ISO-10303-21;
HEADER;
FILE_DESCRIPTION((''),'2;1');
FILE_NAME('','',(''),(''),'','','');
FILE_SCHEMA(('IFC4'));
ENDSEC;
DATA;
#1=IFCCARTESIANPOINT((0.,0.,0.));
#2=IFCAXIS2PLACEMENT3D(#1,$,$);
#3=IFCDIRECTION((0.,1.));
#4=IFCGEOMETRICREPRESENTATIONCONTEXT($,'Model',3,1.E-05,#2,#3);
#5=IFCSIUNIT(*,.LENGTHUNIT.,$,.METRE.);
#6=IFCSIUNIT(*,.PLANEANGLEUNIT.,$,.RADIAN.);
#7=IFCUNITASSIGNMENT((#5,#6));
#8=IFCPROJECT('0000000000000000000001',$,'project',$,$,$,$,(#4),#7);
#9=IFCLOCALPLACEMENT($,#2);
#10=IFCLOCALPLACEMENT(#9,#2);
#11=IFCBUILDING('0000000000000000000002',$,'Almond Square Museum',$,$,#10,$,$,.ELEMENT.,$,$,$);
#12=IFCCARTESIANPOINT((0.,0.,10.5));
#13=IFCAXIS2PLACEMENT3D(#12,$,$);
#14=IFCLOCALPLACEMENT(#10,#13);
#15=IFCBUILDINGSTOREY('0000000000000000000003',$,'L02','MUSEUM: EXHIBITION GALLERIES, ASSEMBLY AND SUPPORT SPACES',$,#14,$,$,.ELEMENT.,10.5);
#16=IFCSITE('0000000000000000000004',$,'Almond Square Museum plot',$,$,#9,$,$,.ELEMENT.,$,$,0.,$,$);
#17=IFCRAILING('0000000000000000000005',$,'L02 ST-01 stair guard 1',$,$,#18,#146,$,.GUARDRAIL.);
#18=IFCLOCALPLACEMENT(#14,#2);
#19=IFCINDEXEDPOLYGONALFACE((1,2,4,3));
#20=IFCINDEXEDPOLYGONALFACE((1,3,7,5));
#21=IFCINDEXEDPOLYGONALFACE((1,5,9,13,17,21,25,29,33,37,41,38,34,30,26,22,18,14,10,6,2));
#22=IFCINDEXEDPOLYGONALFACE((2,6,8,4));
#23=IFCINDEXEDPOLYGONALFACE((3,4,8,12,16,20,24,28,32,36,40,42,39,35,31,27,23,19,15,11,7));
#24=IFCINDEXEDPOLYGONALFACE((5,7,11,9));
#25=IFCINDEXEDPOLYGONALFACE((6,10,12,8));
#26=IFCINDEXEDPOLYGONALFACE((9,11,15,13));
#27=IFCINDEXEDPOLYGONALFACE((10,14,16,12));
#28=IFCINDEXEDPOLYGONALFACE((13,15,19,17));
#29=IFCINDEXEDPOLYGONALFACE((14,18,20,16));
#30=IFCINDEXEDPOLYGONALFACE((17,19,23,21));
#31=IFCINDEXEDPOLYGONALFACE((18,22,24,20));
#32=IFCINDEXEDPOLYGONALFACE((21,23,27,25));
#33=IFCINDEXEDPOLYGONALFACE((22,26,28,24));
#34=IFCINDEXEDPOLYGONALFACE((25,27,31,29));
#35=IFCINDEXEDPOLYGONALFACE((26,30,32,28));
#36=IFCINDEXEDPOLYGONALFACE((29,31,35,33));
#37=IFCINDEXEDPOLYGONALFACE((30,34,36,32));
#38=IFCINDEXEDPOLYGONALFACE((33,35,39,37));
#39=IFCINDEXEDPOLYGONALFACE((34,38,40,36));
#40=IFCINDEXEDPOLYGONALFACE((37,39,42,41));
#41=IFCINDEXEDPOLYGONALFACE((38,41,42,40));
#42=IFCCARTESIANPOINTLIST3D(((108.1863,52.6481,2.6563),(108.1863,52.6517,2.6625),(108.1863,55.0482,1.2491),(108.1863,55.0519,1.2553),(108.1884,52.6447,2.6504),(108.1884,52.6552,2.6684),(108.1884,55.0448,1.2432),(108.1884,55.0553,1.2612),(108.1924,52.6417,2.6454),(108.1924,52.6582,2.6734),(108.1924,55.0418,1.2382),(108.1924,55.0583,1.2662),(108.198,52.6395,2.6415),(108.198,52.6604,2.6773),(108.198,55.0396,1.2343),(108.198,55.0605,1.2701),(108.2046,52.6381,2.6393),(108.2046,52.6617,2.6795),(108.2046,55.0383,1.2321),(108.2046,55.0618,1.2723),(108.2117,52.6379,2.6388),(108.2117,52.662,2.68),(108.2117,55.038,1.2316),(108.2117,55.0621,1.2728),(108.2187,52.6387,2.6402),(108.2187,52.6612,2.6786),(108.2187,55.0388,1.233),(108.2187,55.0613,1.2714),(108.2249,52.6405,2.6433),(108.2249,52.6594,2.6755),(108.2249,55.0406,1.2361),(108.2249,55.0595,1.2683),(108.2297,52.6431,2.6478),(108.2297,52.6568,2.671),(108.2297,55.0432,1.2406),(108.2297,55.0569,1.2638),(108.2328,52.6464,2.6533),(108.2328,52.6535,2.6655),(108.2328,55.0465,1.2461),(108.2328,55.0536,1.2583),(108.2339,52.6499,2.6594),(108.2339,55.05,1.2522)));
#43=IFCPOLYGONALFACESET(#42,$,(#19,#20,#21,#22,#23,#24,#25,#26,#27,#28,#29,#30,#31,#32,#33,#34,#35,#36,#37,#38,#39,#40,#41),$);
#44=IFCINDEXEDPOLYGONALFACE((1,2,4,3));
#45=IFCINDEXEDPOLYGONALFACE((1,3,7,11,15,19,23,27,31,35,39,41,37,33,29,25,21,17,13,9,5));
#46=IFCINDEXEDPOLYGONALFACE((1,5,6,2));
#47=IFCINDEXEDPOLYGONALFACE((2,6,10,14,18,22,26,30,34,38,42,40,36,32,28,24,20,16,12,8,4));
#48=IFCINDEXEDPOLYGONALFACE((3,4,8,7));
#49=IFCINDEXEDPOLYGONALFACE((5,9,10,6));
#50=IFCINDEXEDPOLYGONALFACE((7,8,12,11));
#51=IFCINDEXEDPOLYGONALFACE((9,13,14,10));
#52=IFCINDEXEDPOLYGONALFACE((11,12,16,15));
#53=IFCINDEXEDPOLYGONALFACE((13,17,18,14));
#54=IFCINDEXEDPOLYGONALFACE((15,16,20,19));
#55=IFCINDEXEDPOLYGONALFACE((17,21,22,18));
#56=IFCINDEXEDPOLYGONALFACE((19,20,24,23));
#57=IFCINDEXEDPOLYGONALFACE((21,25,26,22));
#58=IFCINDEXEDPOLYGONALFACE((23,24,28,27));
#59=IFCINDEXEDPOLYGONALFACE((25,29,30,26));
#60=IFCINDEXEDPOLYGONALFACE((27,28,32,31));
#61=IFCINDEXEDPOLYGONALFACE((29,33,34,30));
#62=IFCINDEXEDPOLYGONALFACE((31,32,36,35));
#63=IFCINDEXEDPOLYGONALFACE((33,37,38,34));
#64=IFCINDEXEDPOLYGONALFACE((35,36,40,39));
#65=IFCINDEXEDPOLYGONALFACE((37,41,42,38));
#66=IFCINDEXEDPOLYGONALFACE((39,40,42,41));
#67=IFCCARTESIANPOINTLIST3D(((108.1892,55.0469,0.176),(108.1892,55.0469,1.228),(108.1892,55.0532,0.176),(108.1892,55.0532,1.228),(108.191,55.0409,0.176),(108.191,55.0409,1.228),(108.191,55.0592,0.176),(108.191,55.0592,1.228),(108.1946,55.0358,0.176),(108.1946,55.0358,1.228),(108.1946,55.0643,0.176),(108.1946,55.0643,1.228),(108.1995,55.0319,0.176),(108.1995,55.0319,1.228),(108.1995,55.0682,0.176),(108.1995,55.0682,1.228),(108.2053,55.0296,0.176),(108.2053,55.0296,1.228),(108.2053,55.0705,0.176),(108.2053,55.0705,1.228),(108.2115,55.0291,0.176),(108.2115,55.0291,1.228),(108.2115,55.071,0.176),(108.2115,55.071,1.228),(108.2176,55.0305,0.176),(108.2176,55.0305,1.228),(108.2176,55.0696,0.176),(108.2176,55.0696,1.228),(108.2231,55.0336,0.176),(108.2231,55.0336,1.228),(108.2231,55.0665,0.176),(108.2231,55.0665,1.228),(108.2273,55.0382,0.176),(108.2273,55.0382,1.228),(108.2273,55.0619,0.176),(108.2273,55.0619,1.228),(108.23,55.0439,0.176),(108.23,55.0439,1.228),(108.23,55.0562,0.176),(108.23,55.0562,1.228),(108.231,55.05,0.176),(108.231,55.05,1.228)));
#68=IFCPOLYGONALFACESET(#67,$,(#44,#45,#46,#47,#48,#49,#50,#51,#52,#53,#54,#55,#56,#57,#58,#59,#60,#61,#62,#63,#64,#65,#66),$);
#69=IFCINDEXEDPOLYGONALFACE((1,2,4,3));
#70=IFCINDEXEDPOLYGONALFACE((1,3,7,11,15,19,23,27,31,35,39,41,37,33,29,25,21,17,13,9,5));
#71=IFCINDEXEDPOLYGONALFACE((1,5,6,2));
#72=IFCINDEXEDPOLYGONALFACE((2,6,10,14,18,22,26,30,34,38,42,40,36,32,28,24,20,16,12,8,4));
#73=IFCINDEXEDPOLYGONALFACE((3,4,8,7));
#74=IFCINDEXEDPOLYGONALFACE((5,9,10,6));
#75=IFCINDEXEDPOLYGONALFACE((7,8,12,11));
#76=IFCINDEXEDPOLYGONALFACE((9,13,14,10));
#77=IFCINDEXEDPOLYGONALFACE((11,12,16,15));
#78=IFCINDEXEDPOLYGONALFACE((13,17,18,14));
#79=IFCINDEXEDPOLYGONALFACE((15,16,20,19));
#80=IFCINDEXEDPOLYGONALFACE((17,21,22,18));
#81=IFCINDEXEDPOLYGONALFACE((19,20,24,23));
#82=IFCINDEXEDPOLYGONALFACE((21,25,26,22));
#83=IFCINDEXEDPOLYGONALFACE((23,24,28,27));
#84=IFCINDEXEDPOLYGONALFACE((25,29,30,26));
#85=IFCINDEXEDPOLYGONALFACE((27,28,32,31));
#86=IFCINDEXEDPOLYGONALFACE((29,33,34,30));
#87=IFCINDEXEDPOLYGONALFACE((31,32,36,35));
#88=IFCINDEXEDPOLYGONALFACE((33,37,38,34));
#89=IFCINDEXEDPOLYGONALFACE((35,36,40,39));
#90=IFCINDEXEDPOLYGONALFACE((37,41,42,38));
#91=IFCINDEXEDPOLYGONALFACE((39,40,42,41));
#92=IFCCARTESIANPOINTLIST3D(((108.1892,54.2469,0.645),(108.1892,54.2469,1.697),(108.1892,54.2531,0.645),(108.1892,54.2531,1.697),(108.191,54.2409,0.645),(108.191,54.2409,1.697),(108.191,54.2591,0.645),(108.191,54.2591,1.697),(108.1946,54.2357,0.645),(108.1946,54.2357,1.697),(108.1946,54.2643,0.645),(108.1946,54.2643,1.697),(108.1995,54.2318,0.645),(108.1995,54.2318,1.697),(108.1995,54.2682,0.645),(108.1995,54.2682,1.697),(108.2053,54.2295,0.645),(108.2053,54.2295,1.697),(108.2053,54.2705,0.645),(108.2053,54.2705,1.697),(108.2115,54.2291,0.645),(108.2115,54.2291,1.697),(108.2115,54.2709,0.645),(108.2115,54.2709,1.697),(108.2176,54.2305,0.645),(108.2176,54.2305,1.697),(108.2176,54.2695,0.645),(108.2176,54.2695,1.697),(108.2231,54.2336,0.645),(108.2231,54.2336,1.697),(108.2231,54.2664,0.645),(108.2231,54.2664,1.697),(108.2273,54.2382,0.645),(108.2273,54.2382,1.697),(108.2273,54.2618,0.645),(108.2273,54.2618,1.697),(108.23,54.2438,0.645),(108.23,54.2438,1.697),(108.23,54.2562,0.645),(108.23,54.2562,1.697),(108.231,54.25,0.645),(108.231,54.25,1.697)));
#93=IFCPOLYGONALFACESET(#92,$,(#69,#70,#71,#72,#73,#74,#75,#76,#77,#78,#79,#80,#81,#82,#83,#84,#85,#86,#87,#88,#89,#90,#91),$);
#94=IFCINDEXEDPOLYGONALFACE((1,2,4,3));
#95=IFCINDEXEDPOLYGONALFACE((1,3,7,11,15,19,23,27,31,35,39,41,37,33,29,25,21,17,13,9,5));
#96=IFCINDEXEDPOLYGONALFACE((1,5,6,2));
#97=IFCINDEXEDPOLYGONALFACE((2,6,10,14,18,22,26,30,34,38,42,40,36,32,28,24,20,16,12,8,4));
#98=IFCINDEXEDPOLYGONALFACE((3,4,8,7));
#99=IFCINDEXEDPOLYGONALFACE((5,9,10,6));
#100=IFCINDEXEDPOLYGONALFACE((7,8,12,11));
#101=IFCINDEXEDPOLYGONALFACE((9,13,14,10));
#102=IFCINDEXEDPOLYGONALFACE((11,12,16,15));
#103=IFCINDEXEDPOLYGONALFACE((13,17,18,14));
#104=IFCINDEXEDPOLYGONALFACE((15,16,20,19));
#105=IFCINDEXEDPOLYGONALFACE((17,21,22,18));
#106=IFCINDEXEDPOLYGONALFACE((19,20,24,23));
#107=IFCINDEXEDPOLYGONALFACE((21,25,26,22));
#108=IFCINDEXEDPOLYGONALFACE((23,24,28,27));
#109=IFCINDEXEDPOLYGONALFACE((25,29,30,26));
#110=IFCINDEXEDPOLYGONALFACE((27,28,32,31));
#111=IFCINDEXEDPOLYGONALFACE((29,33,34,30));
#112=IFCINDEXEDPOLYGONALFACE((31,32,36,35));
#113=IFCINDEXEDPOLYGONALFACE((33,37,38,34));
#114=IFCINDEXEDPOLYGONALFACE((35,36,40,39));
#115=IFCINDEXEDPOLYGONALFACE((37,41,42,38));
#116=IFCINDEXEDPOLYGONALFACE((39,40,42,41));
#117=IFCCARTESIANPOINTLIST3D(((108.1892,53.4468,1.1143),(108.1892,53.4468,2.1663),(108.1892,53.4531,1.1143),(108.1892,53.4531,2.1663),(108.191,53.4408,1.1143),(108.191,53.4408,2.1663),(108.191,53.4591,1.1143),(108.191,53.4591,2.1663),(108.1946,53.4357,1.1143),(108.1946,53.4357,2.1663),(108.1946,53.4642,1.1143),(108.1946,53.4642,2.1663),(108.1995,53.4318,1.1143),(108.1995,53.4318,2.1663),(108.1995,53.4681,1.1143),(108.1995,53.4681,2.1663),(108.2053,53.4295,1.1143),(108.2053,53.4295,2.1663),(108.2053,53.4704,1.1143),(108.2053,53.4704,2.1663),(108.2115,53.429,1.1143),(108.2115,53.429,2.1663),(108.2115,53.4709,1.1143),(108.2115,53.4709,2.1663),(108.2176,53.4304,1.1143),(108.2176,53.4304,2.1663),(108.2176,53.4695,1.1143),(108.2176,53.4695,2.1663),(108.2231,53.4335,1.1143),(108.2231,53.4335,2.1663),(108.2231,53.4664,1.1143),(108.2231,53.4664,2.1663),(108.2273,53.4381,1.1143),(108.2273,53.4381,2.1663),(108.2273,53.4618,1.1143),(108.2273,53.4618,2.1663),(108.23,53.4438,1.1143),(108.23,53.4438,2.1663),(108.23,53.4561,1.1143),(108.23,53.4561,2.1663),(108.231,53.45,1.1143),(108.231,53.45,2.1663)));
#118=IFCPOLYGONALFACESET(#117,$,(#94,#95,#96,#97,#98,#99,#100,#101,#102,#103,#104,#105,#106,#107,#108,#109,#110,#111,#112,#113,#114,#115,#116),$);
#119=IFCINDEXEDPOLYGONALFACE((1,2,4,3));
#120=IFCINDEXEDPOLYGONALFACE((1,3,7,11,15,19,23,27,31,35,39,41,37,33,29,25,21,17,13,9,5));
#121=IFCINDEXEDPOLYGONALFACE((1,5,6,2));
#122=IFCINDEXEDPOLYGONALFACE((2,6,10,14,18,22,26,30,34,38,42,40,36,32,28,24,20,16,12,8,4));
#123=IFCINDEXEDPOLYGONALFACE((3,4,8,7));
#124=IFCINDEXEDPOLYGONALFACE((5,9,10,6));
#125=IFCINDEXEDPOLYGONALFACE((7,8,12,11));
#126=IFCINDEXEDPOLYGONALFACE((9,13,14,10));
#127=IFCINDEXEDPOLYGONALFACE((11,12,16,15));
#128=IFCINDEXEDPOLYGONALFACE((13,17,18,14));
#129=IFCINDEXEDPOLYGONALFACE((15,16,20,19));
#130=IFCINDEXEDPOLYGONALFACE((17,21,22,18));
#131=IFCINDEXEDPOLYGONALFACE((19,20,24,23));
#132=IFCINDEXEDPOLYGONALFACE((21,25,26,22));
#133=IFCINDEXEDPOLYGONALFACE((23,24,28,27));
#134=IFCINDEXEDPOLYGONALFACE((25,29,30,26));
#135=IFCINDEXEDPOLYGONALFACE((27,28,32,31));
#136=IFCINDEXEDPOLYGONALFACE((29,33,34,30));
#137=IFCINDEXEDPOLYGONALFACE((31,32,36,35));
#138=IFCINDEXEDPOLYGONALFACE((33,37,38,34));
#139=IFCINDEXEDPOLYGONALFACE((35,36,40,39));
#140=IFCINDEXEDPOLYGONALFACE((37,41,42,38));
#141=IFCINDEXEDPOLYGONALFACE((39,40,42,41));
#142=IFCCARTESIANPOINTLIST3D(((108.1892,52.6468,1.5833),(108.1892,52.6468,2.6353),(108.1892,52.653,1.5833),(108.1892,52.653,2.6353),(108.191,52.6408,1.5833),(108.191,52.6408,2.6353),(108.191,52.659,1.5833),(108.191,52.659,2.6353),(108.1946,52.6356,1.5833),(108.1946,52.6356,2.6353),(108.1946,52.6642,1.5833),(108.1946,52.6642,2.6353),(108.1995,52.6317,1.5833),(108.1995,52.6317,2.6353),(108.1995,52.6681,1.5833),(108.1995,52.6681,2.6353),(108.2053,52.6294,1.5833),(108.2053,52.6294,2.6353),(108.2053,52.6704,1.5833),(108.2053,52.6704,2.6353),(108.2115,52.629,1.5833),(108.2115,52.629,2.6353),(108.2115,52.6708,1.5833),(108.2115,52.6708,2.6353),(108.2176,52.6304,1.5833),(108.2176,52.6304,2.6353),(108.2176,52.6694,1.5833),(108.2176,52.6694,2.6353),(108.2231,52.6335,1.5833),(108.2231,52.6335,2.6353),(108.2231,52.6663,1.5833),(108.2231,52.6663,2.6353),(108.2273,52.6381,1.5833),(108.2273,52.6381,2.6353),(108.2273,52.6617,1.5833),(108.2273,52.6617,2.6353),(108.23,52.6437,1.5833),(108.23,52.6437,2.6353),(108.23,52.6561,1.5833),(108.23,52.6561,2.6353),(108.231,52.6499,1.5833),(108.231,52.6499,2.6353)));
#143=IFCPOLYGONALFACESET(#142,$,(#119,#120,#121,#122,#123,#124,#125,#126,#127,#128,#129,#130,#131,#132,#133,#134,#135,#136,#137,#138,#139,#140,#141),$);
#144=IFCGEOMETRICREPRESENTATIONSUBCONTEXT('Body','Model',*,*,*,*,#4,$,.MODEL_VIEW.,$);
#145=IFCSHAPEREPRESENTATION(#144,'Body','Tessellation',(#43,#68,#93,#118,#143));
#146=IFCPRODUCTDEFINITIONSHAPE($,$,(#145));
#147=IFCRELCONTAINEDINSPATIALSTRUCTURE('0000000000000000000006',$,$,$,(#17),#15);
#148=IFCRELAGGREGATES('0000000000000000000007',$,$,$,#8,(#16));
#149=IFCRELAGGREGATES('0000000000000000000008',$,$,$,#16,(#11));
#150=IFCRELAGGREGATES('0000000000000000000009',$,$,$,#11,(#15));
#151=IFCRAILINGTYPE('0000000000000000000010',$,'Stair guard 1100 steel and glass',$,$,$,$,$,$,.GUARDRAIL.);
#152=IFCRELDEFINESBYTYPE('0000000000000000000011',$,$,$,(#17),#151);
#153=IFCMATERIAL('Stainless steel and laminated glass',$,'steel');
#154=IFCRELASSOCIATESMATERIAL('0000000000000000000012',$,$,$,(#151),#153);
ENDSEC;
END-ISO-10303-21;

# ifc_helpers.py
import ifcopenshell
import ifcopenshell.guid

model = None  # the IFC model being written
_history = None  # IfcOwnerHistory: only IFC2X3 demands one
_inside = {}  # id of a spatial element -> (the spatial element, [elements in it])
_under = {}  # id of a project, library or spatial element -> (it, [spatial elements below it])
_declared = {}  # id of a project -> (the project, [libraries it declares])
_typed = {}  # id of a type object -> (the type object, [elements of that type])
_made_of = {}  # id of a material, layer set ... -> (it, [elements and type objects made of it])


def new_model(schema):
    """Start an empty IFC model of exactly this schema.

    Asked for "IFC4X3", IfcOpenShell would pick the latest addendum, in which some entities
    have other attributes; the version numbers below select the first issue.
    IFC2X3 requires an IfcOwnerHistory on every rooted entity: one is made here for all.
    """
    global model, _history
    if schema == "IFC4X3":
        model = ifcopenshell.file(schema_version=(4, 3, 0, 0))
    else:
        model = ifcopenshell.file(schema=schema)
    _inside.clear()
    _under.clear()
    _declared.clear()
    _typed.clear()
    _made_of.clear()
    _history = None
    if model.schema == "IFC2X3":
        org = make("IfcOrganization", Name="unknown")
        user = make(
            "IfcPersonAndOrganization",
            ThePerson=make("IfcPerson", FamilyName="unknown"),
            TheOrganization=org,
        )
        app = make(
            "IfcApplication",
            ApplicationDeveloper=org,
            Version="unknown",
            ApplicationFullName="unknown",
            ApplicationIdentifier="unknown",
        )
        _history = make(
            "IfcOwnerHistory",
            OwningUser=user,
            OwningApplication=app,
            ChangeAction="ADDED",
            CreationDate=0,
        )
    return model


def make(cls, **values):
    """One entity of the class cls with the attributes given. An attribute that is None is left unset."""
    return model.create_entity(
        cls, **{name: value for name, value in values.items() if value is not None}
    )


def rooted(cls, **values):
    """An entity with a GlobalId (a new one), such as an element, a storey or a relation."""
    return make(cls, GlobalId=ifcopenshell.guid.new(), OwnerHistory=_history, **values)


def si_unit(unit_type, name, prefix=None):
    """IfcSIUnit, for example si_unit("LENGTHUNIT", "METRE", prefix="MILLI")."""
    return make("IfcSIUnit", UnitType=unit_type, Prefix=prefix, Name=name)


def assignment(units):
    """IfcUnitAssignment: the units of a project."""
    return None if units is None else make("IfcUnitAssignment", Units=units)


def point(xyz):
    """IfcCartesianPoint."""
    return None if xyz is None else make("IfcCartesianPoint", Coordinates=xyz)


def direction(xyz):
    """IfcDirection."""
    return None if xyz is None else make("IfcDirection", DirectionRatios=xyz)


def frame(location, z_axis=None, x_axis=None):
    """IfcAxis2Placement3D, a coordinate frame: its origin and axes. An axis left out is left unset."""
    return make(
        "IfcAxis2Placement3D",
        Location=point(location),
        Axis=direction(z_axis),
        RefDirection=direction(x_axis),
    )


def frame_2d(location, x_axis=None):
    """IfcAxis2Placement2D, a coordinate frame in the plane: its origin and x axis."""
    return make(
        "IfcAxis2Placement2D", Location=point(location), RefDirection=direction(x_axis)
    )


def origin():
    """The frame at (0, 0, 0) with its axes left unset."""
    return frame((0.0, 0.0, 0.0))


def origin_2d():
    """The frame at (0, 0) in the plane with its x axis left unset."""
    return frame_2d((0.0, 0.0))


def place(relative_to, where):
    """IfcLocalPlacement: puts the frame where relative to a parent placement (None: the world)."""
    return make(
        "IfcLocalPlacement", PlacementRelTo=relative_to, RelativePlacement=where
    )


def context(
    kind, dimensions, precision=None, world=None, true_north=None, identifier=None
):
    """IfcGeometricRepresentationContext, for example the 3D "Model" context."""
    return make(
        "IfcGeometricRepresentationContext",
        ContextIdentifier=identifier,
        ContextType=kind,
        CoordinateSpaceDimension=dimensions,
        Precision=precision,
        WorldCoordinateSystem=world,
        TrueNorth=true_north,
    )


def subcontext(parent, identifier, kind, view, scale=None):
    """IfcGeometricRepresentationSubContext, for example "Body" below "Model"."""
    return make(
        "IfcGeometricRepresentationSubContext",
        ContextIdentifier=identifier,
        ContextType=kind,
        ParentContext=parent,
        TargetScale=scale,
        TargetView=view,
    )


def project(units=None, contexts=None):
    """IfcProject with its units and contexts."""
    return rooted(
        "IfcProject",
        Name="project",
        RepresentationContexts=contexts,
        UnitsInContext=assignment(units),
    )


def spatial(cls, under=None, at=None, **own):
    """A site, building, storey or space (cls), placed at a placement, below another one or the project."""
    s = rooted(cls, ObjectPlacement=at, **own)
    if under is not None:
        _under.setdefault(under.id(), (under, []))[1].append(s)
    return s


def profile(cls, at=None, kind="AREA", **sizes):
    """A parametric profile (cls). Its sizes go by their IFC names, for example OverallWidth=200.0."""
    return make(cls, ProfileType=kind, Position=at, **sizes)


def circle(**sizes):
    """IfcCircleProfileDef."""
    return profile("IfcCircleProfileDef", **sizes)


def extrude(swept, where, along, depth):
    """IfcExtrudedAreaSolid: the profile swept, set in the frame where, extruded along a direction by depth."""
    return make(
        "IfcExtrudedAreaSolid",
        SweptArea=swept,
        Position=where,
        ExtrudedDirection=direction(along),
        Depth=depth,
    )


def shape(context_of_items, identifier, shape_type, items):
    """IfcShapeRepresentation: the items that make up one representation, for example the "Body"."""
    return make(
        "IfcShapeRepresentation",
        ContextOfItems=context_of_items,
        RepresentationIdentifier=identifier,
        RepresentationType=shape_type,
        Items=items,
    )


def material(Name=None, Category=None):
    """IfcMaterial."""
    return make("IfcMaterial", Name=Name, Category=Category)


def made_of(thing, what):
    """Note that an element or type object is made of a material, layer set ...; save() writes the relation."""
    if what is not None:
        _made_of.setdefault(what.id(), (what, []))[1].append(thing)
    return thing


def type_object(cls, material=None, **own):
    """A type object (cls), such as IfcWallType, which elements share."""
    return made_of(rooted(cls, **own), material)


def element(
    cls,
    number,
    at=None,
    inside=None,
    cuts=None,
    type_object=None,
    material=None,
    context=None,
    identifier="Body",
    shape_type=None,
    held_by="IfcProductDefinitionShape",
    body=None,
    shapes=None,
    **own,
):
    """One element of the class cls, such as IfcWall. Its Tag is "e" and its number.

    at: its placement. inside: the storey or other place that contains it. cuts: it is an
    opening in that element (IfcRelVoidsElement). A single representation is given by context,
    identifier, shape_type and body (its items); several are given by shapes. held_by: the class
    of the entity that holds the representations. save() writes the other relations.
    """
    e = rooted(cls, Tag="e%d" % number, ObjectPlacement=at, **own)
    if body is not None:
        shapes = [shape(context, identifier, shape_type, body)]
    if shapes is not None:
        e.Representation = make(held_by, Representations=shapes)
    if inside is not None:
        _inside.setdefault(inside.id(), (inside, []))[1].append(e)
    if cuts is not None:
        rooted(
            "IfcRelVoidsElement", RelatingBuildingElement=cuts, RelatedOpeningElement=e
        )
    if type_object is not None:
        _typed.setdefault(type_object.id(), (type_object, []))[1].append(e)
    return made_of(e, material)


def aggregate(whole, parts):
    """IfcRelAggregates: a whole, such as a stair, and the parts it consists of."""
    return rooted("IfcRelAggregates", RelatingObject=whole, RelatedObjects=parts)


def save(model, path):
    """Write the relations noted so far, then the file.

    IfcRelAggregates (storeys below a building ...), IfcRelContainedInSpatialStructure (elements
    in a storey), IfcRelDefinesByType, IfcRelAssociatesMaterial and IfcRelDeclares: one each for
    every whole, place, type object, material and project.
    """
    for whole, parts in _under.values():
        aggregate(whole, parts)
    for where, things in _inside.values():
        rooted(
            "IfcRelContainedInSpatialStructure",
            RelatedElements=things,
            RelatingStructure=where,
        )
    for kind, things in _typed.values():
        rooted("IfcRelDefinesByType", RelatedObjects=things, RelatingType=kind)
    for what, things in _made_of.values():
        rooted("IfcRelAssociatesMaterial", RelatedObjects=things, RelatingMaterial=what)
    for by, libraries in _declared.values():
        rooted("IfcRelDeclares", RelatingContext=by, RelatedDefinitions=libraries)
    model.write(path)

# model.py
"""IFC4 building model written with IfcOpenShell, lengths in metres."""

from ifc_helpers import new_model, si_unit, direction, frame, origin, origin_2d, place, context, subcontext, project, spatial, circle, extrude, material, type_object, element, save


model = new_model("IFC4")

# Units and contexts
model_context = context("Model", 3, precision=1e-05, world=origin(), true_north=direction((0.0, 1.0)))
body_context = subcontext(model_context, "Body", "Model", "MODEL_VIEW")
ifc_project = project(units=[si_unit("LENGTHUNIT", "METRE"), si_unit("PLANEANGLEUNIT", "RADIAN")], contexts=[model_context])

# Site, building, storey
site_placement = place(None, origin())
site = spatial("IfcSite", under=ifc_project, at=site_placement, Name="Almond Square Museum plot", CompositionType="ELEMENT", RefElevation=0.0)
building_placement = place(site_placement, origin())
building = spatial("IfcBuilding", under=site, at=building_placement, Name="Almond Square Museum", CompositionType="ELEMENT")
storey_placement = place(building_placement, frame((0.0, 0.0, 10.5)))
storey = spatial("IfcBuildingStorey", under=building, at=storey_placement, Name="L02", Description="MUSEUM: EXHIBITION GALLERIES, ASSEMBLY AND SUPPORT SPACES", CompositionType="ELEMENT", Elevation=10.5)

# Railing
ifc_material_1 = material(Name="Stainless steel and laminated glass", Category="steel")
railing_type_1 = type_object("IfcRailingType", Name="Stair guard 1100 steel and glass", PredefinedType="GUARDRAIL", material=ifc_material_1)
railing_1_placement = place(storey_placement, frame((108.21, 55.05, 0.176)))
element("IfcRailing", 1, at=railing_1_placement, inside=storey, type_object=railing_type_1, Name="L02 ST-01 stair guard 1", PredefinedType="GUARDRAIL", context=body_context, shape_type="SweptSolid", body=[
    extrude(circle(Radius=0.0239, at=origin_2d()), frame((0.0, 0.0, 1.0762), z_axis=(0.0, -0.86266, 0.505785), x_axis=(1.0, 0.0, 0.0)), (0.0, 0.0, 1.0), 2.7822),
    extrude(circle(Radius=0.021, at=origin_2d()), origin(), (0.0, 0.0, 1.0), 1.052),
    extrude(circle(Radius=0.021, at=origin_2d()), frame((0.0, -0.8, 0.469)), (0.0, 0.0, 1.0), 1.052),
    extrude(circle(Radius=0.021, at=origin_2d()), frame((0.0, -1.6001, 0.9382)), (0.0, 0.0, 1.0), 1.052),
    extrude(circle(Radius=0.021, at=origin_2d()), frame((0.0, -2.4001, 1.4072)), (0.0, 0.0, 1.0), 1.052),
])

save(model, "model.ifc")
